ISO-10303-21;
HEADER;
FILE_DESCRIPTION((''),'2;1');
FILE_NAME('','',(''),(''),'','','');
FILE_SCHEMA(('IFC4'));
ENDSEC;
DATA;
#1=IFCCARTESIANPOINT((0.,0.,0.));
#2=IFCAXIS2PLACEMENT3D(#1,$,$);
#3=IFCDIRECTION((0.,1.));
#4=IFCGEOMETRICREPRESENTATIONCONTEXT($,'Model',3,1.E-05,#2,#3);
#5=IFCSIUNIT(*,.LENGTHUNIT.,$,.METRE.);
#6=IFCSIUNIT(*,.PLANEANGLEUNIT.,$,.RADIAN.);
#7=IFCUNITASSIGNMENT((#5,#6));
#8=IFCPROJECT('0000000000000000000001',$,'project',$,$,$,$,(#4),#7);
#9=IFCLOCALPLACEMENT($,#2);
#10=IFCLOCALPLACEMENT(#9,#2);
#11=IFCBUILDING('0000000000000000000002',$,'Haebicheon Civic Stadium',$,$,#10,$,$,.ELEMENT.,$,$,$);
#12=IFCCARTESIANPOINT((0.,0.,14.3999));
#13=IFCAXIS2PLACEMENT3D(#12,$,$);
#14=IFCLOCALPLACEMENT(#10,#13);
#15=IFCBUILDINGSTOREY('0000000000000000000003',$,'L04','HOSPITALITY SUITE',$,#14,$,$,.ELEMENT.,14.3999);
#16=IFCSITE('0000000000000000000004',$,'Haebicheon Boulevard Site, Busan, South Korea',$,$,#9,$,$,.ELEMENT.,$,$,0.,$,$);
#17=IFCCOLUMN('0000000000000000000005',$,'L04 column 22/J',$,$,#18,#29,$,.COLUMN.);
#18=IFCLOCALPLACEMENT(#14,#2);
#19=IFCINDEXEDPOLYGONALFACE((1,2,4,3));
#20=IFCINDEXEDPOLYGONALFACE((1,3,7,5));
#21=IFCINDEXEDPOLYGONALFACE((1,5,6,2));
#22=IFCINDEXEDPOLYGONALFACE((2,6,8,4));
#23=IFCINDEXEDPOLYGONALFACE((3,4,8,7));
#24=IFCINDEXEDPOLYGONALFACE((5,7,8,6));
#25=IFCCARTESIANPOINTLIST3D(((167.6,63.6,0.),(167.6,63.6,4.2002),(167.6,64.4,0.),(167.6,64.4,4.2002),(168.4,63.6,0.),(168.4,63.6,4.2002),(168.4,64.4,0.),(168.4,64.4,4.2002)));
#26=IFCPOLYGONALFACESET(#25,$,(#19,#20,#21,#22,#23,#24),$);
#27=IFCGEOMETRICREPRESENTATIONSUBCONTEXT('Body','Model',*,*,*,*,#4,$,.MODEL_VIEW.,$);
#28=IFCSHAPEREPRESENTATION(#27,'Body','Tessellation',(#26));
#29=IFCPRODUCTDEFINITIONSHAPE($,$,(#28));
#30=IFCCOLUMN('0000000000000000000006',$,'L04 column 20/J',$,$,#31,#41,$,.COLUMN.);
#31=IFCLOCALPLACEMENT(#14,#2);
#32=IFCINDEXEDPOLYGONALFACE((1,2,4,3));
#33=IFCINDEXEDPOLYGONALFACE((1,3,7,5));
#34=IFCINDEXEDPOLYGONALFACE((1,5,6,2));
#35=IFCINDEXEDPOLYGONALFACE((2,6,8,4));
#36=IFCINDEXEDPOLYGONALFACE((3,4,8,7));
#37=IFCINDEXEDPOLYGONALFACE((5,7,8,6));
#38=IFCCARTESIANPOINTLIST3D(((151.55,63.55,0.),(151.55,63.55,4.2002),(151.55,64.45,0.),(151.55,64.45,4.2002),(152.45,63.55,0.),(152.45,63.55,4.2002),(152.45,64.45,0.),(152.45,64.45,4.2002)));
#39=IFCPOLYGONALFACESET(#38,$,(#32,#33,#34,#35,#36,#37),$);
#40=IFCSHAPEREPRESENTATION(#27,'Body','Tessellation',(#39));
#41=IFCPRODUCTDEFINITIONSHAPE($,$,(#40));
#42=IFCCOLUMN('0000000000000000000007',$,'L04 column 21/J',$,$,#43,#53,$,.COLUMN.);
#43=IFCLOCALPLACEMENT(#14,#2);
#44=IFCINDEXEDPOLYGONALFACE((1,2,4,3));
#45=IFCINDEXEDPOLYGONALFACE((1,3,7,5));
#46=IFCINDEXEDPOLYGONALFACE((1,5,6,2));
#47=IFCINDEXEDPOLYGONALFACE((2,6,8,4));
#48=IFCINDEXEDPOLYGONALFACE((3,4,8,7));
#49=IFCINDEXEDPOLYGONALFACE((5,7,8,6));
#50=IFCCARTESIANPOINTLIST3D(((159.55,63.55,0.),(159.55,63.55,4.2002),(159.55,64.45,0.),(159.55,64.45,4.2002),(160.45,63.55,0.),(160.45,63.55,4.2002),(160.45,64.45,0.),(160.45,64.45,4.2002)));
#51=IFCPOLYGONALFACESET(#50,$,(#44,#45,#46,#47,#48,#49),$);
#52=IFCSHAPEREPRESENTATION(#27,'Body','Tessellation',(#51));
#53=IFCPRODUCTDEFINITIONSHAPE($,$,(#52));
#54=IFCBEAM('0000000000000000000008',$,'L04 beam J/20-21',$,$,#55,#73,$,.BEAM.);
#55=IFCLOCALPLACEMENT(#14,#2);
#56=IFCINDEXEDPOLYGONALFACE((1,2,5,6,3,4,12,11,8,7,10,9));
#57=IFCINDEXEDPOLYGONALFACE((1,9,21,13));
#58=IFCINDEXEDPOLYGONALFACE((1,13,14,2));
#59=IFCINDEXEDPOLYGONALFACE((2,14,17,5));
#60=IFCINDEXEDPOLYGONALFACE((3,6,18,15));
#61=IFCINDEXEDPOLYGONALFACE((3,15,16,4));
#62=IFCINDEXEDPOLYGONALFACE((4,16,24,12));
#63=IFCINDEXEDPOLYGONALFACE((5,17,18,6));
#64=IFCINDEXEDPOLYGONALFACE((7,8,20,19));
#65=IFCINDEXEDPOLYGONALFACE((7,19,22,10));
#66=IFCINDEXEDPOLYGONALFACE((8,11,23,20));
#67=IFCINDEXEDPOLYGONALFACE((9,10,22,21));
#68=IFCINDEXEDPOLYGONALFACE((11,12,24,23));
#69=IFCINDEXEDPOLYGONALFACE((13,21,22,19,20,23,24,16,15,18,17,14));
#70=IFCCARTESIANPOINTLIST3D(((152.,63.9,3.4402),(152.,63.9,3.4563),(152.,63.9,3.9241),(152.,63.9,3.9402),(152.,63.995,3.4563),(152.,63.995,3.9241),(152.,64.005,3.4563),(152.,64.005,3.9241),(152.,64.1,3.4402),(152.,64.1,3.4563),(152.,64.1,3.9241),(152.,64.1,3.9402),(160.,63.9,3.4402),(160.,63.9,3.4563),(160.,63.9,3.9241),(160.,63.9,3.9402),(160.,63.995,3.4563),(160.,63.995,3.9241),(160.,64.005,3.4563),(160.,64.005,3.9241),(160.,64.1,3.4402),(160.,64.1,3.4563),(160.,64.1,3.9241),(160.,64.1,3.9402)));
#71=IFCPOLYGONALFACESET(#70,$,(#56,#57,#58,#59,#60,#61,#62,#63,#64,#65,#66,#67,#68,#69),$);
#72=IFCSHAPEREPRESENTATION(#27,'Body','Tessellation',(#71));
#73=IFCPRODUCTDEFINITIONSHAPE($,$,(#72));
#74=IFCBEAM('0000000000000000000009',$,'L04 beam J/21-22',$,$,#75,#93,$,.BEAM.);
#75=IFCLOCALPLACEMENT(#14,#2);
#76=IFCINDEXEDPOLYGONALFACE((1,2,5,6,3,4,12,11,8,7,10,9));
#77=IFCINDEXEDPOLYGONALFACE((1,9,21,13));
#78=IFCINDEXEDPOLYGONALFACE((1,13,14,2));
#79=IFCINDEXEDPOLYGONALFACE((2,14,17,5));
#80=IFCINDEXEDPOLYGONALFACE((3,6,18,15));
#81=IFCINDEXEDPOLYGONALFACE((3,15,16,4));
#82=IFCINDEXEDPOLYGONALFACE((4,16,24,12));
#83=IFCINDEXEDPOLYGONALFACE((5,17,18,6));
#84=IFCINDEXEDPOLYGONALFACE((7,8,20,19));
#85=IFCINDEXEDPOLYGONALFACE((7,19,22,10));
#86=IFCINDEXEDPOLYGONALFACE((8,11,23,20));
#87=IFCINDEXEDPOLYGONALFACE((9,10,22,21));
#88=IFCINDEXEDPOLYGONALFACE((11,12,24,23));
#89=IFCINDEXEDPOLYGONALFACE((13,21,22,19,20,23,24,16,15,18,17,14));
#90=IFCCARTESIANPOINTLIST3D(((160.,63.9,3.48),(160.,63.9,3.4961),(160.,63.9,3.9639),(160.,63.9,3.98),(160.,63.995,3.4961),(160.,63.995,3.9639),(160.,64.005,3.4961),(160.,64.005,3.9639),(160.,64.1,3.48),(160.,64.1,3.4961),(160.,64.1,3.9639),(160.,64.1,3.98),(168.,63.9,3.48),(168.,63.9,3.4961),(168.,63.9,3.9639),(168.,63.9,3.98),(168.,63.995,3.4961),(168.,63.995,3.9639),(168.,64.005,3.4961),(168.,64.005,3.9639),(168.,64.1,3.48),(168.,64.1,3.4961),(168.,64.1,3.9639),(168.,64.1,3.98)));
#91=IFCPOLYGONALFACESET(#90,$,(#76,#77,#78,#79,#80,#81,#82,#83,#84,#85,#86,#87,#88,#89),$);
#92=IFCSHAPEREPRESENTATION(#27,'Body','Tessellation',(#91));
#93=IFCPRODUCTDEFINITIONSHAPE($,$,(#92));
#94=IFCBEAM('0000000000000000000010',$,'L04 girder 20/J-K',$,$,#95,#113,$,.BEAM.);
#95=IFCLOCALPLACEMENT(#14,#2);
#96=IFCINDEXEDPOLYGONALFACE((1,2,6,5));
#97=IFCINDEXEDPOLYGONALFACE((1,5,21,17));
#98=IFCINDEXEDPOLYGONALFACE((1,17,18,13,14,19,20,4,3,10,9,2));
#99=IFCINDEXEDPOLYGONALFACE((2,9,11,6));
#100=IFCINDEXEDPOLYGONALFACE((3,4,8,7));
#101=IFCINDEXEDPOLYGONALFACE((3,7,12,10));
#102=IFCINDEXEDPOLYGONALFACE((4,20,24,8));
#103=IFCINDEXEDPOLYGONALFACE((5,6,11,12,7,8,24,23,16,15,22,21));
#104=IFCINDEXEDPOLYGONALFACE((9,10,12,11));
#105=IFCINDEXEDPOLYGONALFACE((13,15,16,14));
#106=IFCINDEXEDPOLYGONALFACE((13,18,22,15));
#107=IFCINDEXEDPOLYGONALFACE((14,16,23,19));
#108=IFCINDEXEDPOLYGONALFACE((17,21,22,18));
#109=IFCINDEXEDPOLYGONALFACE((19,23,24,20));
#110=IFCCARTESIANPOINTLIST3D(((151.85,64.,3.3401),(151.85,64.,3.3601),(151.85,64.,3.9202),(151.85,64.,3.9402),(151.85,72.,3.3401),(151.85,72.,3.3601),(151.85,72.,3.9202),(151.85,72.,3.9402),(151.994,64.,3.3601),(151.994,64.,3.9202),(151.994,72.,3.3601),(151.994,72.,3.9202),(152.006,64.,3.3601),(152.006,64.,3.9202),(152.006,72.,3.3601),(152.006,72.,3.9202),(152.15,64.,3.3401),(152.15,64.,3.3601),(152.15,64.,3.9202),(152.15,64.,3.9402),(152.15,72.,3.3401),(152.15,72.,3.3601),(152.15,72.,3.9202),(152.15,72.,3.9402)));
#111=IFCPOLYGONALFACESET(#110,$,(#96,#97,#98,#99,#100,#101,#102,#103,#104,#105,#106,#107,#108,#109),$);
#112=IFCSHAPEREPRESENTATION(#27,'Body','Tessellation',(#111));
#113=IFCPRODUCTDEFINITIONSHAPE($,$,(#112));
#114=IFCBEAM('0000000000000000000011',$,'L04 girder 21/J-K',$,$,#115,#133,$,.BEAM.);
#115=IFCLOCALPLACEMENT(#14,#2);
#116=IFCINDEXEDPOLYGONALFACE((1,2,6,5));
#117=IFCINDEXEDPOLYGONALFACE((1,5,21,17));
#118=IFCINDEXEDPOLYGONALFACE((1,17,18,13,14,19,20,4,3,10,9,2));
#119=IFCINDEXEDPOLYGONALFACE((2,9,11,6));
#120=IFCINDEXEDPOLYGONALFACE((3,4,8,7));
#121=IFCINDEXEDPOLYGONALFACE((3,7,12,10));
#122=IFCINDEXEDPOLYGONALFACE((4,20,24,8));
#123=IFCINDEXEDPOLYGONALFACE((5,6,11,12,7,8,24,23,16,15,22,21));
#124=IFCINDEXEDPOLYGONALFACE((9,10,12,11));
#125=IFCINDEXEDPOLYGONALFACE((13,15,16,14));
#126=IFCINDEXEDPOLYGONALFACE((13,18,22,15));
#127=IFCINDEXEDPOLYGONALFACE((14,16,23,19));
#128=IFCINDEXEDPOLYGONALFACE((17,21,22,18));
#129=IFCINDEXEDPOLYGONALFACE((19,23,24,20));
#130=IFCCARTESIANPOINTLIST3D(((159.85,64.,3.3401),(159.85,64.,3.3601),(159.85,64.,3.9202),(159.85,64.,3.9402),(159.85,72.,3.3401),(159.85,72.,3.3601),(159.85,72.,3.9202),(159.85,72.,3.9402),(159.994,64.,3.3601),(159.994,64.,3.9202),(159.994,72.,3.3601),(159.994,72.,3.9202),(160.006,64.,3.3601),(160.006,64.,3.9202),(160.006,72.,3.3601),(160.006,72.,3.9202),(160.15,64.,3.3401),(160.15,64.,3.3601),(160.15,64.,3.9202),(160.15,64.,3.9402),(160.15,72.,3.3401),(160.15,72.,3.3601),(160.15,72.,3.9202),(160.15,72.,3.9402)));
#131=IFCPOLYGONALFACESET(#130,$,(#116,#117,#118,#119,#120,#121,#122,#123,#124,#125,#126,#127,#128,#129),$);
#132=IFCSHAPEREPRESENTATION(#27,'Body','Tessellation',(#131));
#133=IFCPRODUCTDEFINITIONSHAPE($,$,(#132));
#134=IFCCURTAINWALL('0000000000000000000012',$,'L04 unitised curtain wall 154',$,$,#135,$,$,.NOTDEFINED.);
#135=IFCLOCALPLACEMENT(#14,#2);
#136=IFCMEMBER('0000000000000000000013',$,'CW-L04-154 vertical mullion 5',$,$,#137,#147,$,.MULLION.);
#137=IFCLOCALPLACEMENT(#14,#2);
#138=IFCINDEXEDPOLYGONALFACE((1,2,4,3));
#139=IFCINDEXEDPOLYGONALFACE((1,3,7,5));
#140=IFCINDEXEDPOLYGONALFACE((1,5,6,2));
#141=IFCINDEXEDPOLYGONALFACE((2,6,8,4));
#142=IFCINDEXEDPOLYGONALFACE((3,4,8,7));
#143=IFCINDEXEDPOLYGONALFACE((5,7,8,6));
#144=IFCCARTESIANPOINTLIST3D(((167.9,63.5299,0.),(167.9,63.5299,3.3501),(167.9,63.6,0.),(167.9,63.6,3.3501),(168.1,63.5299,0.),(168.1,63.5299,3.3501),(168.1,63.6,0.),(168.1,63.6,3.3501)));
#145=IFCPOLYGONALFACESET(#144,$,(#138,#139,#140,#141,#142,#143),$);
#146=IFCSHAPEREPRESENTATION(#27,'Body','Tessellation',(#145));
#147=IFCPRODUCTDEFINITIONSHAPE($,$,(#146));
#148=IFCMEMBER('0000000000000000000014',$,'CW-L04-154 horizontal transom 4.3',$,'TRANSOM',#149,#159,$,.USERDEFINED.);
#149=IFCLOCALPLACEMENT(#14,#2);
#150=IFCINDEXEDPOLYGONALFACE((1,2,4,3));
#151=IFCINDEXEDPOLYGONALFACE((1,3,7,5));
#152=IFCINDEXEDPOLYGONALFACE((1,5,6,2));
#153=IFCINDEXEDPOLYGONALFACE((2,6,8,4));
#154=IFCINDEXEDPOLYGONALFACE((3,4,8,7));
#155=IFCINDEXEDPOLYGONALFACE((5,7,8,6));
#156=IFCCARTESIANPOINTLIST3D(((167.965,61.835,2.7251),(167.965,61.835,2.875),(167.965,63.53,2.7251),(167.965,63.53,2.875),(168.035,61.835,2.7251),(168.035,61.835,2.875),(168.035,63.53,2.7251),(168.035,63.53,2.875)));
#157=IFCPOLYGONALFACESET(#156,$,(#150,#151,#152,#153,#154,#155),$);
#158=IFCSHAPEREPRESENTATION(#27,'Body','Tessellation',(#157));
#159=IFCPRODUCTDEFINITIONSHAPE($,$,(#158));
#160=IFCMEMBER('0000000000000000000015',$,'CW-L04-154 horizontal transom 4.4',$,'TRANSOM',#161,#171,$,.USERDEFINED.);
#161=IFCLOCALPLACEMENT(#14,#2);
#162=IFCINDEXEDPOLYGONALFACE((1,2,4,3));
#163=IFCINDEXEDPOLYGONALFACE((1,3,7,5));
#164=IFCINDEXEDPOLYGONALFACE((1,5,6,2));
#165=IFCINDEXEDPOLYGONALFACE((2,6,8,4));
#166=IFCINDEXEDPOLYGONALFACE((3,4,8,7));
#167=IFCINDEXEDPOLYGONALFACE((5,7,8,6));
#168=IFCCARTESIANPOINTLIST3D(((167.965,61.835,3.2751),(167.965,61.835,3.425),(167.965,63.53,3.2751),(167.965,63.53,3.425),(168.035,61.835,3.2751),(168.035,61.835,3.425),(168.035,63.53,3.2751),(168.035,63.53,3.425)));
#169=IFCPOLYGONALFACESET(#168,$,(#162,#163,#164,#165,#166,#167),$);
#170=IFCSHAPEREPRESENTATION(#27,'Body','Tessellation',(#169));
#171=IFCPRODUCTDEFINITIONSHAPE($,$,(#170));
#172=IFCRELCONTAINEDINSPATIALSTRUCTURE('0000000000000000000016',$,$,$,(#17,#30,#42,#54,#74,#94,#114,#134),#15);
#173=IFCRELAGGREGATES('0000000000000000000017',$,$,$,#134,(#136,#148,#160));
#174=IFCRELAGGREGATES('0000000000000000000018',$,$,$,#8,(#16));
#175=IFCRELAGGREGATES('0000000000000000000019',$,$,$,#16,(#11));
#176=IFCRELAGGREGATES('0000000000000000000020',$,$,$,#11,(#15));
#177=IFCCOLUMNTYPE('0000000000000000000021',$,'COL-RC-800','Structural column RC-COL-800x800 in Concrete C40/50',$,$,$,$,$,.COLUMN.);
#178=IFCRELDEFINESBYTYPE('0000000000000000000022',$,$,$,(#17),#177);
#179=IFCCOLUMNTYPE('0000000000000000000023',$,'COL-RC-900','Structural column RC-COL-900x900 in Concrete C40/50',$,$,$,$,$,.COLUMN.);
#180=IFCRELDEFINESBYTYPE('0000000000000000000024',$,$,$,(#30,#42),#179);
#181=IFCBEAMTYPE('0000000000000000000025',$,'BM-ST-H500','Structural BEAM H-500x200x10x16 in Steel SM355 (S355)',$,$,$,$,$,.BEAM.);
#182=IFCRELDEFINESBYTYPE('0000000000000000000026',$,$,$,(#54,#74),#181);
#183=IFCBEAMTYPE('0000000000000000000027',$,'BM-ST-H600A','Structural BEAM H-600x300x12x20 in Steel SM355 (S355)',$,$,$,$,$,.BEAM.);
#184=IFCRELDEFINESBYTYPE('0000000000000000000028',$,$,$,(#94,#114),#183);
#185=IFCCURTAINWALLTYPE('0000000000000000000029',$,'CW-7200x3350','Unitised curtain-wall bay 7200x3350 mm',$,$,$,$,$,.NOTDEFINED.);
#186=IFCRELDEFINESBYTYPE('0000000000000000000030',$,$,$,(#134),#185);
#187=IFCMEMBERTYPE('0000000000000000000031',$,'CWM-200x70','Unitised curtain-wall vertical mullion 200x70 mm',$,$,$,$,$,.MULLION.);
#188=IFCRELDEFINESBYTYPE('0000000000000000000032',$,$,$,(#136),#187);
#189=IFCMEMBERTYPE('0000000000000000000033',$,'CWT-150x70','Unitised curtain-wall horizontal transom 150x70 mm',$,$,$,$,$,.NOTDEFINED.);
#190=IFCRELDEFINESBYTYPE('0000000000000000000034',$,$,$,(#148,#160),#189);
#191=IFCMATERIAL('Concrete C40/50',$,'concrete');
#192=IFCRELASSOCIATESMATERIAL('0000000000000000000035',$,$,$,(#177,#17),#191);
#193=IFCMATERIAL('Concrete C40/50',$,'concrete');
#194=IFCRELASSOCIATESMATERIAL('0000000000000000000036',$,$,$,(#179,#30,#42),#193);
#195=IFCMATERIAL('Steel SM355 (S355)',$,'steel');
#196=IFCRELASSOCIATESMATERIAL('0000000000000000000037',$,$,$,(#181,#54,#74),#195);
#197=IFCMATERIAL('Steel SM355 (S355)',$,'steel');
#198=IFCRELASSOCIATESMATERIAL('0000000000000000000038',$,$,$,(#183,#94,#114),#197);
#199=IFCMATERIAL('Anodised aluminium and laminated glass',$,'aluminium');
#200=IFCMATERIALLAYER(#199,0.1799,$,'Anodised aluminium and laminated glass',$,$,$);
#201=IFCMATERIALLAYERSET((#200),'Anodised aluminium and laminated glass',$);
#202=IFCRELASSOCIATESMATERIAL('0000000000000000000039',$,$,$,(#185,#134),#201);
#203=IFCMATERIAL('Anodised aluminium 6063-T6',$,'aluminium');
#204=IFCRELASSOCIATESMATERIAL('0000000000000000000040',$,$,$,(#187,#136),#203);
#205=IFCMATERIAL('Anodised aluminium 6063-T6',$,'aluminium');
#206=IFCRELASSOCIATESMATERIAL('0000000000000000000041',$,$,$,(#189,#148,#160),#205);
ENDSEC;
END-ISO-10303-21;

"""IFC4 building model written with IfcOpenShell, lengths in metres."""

from ifc_helpers import new_model, si_unit, direction, frame, origin, origin_2d, place, context, subcontext, project, spatial, rectangle, i_section, extrude, material, layer, layer_set, material_profile, profile_set, type_object, element, aggregate, save


model = new_model("IFC4")

# Units and contexts
model_context = context("Model", 3, precision=1e-05, world=origin(), true_north=direction((0.0, 1.0)))
body_context = subcontext(model_context, "Body", "Model", "MODEL_VIEW")
ifc_project = project(units=[si_unit("LENGTHUNIT", "METRE"), si_unit("PLANEANGLEUNIT", "RADIAN")], contexts=[model_context])

# Site, building, storey
site_placement = place(None, origin())
site = spatial("IfcSite", under=ifc_project, at=site_placement, Name="Haebicheon Boulevard Site, Busan, South Korea", CompositionType="ELEMENT", RefElevation=0.0)
building_placement = place(site_placement, origin())
building = spatial("IfcBuilding", under=site, at=building_placement, Name="Haebicheon Civic Stadium", CompositionType="ELEMENT")
storey_placement = place(building_placement, frame((0.0, 0.0, 14.3999)))
storey = spatial("IfcBuildingStorey", under=building, at=storey_placement, Name="L04", Description="HOSPITALITY SUITE", CompositionType="ELEMENT", Elevation=14.3999)

# Columns
ifc_material_1 = material(Name="Concrete C40/50", Category="concrete")
ifc_material_profile_1 = material_profile(ifc_material_1, rectangle(XDim=0.8, YDim=0.8, at=origin_2d()), Name="RC-COL-800x800")
ifc_profile_set_1 = profile_set([ifc_material_profile_1], Name="Concrete C40/50")
column_type_1 = type_object("IfcColumnType", Name="COL-RC-800", Description="Structural column RC-COL-800x800 in Concrete C40/50", PredefinedType="COLUMN", material=ifc_profile_set_1)
column_placement = place(storey_placement, frame((168.0, 64.0, 0.0), z_axis=(0.0, 0.0, 1.0), x_axis=(1.0, 0.0, 0.0)))
element("IfcColumn", 1, at=column_placement, inside=storey, type_object=column_type_1, material=ifc_profile_set_1, Name="L04 column 22/J", PredefinedType="COLUMN", context=body_context, shape_type="SweptSolid", body=[
    extrude(rectangle(XDim=0.8, YDim=0.8, at=origin_2d()), origin(), (0.0, 0.0, 1.0), 4.2002),
])
ifc_material_2 = material(Name="Concrete C40/50", Category="concrete")
ifc_material_profile_2 = material_profile(ifc_material_2, rectangle(XDim=0.8999, YDim=0.8999, at=origin_2d()), Name="RC-COL-900x900")
ifc_profile_set_2 = profile_set([ifc_material_profile_2], Name="Concrete C40/50")
column_type_2 = type_object("IfcColumnType", Name="COL-RC-900", Description="Structural column RC-COL-900x900 in Concrete C40/50", PredefinedType="COLUMN", material=ifc_profile_set_2)
for number, where, z_axis, x_axis, name in (
    (2, (152.0, 64.0, 0.0), (0.0, 0.0, 1.0), (1.0, 0.0, 0.0), "L04 column 20/J"),
    (3, (160.0, 64.0, 0.0), (0.0, 0.0, 1.0), (1.0, 0.0, 0.0), "L04 column 21/J"),
):
    element("IfcColumn", number, at=place(storey_placement, frame(where, z_axis=z_axis, x_axis=x_axis)), inside=storey, type_object=column_type_2, material=ifc_profile_set_2, Name=name, PredefinedType="COLUMN", context=body_context, shape_type="SweptSolid", body=[
        extrude(rectangle(XDim=0.8999, YDim=0.8999, at=origin_2d()), origin(), (0.0, 0.0, 1.0), 4.2002),
    ])

# Beams
ifc_material_3 = material(Name="Steel SM355 (S355)", Category="steel")
ifc_material_profile_3 = material_profile(ifc_material_3, i_section(OverallWidth=0.2, OverallDepth=0.5, WebThickness=0.01, FlangeThickness=0.0161, at=origin_2d()), Name="H-500x200x10x16")
ifc_profile_set_3 = profile_set([ifc_material_profile_3], Name="Steel SM355 (S355)")
beam_type_1 = type_object("IfcBeamType", Name="BM-ST-H500", Description="Structural BEAM H-500x200x10x16 in Steel SM355 (S355)", PredefinedType="BEAM", material=ifc_profile_set_3)
for number, where, z_axis, x_axis, name in (
    (4, (152.0, 64.0, 3.6902), (1.0, 0.0, 0.0), (0.0, 1.0, 0.0), "L04 beam J/20-21"),
    (5, (160.0, 64.0, 3.73), (1.0, 0.0, 0.0), (0.0, 1.0, 0.0), "L04 beam J/21-22"),
):
    element("IfcBeam", number, at=place(storey_placement, frame(where, z_axis=z_axis, x_axis=x_axis)), inside=storey, type_object=beam_type_1, material=ifc_profile_set_3, Name=name, PredefinedType="BEAM", context=body_context, shape_type="SweptSolid", body=[
        extrude(i_section(OverallWidth=0.2, OverallDepth=0.5, WebThickness=0.01, FlangeThickness=0.0161, at=origin_2d()), origin(), (0.0, 0.0, 1.0), 8.0),
    ])
ifc_material_4 = material(Name="Steel SM355 (S355)", Category="steel")
ifc_material_profile_4 = material_profile(ifc_material_4, i_section(OverallWidth=0.3, OverallDepth=0.6001, WebThickness=0.012, FlangeThickness=0.02, at=origin_2d()), Name="H-600x300x12x20")
ifc_profile_set_4 = profile_set([ifc_material_profile_4], Name="Steel SM355 (S355)")
beam_type_2 = type_object("IfcBeamType", Name="BM-ST-H600A", Description="Structural BEAM H-600x300x12x20 in Steel SM355 (S355)", PredefinedType="BEAM", material=ifc_profile_set_4)
for number, where, z_axis, x_axis, name in (
    (6, (152.0, 64.0, 3.6401), (0.0, 1.0, 0.0), (-1.0, 0.0, 0.0), "L04 girder 20/J-K"),
    (7, (160.0, 64.0, 3.6401), (0.0, 1.0, 0.0), (-1.0, 0.0, 0.0), "L04 girder 21/J-K"),
):
    element("IfcBeam", number, at=place(storey_placement, frame(where, z_axis=z_axis, x_axis=x_axis)), inside=storey, type_object=beam_type_2, material=ifc_profile_set_4, Name=name, PredefinedType="BEAM", context=body_context, shape_type="SweptSolid", body=[
        extrude(i_section(OverallWidth=0.3, OverallDepth=0.6001, WebThickness=0.012, FlangeThickness=0.02, at=origin_2d()), origin(), (0.0, 0.0, 1.0), 8.0),
    ])

# Curtain wall, members
ifc_material_5 = material(Name="Anodised aluminium and laminated glass", Category="aluminium")
ifc_layer_1 = layer(ifc_material_5, 0.1799, Name="Anodised aluminium and laminated glass")
ifc_layer_set_1 = layer_set([ifc_layer_1], Name="Anodised aluminium and laminated glass")
curtain_wall_type = type_object("IfcCurtainWallType", Name="CW-7200x3350", Description="Unitised curtain-wall bay 7200x3350 mm", PredefinedType="NOTDEFINED", material=ifc_layer_set_1)
curtain_wall_placement = place(storey_placement, origin())
curtain_wall = element("IfcCurtainWall", 8, at=curtain_wall_placement, inside=storey, type_object=curtain_wall_type, material=ifc_layer_set_1, Name="L04 unitised curtain wall 154", PredefinedType="NOTDEFINED")
ifc_material_6 = material(Name="Anodised aluminium 6063-T6", Category="aluminium")
ifc_material_profile_5 = material_profile(ifc_material_6, rectangle(XDim=0.0701, YDim=0.2, at=origin_2d()), Name="ALU-MULL-70x200")
ifc_profile_set_5 = profile_set([ifc_material_profile_5], Name="Anodised aluminium 6063-T6")
member_type_1 = type_object("IfcMemberType", Name="CWM-200x70", Description="Unitised curtain-wall vertical mullion 200x70 mm", PredefinedType="MULLION", material=ifc_profile_set_5)
member_1_placement = place(storey_placement, frame((168.0, 63.5649, 0.0), z_axis=(0.0, 0.0, 1.0), x_axis=(0.0, 1.0, 0.0)))
member_1 = element("IfcMember", 9, at=member_1_placement, type_object=member_type_1, material=ifc_profile_set_5, Name="CW-L04-154 vertical mullion 5", PredefinedType="MULLION", context=body_context, shape_type="SweptSolid", body=[
    extrude(rectangle(XDim=0.0701, YDim=0.2, at=origin_2d()), origin(), (0.0, 0.0, 1.0), 3.3501),
])
ifc_material_7 = material(Name="Anodised aluminium 6063-T6", Category="aluminium")
ifc_material_profile_6 = material_profile(ifc_material_7, rectangle(XDim=0.0701, YDim=0.1499, at=origin_2d()), Name="ALU-TRAN-70x150")
ifc_profile_set_6 = profile_set([ifc_material_profile_6], Name="Anodised aluminium 6063-T6")
member_type_2 = type_object("IfcMemberType", Name="CWT-150x70", Description="Unitised curtain-wall horizontal transom 150x70 mm", PredefinedType="NOTDEFINED", material=ifc_profile_set_6)
member_2_placement = place(storey_placement, frame((168.0, 61.835, 2.8), z_axis=(0.0, 1.0, 0.0), x_axis=(-1.0, 0.0, 0.0)))
member_2 = element("IfcMember", 10, at=member_2_placement, type_object=member_type_2, material=ifc_profile_set_6, Name="CW-L04-154 horizontal transom 4.3", ObjectType="TRANSOM", PredefinedType="USERDEFINED", context=body_context, shape_type="SweptSolid", body=[
    extrude(rectangle(XDim=0.0701, YDim=0.1499, at=origin_2d()), origin(), (0.0, 0.0, 1.0), 1.6951),
])
member_3_placement = place(storey_placement, frame((168.0, 61.835, 3.3501), z_axis=(0.0, 1.0, 0.0), x_axis=(-1.0, 0.0, 0.0)))
member_3 = element("IfcMember", 11, at=member_3_placement, type_object=member_type_2, material=ifc_profile_set_6, Name="CW-L04-154 horizontal transom 4.4", ObjectType="TRANSOM", PredefinedType="USERDEFINED", context=body_context, shape_type="SweptSolid", body=[
    extrude(rectangle(XDim=0.0701, YDim=0.1499, at=origin_2d()), origin(), (0.0, 0.0, 1.0), 1.6951),
])

aggregate(curtain_wall, [member_1, member_2, member_3])

save(model, "model.ifc")
